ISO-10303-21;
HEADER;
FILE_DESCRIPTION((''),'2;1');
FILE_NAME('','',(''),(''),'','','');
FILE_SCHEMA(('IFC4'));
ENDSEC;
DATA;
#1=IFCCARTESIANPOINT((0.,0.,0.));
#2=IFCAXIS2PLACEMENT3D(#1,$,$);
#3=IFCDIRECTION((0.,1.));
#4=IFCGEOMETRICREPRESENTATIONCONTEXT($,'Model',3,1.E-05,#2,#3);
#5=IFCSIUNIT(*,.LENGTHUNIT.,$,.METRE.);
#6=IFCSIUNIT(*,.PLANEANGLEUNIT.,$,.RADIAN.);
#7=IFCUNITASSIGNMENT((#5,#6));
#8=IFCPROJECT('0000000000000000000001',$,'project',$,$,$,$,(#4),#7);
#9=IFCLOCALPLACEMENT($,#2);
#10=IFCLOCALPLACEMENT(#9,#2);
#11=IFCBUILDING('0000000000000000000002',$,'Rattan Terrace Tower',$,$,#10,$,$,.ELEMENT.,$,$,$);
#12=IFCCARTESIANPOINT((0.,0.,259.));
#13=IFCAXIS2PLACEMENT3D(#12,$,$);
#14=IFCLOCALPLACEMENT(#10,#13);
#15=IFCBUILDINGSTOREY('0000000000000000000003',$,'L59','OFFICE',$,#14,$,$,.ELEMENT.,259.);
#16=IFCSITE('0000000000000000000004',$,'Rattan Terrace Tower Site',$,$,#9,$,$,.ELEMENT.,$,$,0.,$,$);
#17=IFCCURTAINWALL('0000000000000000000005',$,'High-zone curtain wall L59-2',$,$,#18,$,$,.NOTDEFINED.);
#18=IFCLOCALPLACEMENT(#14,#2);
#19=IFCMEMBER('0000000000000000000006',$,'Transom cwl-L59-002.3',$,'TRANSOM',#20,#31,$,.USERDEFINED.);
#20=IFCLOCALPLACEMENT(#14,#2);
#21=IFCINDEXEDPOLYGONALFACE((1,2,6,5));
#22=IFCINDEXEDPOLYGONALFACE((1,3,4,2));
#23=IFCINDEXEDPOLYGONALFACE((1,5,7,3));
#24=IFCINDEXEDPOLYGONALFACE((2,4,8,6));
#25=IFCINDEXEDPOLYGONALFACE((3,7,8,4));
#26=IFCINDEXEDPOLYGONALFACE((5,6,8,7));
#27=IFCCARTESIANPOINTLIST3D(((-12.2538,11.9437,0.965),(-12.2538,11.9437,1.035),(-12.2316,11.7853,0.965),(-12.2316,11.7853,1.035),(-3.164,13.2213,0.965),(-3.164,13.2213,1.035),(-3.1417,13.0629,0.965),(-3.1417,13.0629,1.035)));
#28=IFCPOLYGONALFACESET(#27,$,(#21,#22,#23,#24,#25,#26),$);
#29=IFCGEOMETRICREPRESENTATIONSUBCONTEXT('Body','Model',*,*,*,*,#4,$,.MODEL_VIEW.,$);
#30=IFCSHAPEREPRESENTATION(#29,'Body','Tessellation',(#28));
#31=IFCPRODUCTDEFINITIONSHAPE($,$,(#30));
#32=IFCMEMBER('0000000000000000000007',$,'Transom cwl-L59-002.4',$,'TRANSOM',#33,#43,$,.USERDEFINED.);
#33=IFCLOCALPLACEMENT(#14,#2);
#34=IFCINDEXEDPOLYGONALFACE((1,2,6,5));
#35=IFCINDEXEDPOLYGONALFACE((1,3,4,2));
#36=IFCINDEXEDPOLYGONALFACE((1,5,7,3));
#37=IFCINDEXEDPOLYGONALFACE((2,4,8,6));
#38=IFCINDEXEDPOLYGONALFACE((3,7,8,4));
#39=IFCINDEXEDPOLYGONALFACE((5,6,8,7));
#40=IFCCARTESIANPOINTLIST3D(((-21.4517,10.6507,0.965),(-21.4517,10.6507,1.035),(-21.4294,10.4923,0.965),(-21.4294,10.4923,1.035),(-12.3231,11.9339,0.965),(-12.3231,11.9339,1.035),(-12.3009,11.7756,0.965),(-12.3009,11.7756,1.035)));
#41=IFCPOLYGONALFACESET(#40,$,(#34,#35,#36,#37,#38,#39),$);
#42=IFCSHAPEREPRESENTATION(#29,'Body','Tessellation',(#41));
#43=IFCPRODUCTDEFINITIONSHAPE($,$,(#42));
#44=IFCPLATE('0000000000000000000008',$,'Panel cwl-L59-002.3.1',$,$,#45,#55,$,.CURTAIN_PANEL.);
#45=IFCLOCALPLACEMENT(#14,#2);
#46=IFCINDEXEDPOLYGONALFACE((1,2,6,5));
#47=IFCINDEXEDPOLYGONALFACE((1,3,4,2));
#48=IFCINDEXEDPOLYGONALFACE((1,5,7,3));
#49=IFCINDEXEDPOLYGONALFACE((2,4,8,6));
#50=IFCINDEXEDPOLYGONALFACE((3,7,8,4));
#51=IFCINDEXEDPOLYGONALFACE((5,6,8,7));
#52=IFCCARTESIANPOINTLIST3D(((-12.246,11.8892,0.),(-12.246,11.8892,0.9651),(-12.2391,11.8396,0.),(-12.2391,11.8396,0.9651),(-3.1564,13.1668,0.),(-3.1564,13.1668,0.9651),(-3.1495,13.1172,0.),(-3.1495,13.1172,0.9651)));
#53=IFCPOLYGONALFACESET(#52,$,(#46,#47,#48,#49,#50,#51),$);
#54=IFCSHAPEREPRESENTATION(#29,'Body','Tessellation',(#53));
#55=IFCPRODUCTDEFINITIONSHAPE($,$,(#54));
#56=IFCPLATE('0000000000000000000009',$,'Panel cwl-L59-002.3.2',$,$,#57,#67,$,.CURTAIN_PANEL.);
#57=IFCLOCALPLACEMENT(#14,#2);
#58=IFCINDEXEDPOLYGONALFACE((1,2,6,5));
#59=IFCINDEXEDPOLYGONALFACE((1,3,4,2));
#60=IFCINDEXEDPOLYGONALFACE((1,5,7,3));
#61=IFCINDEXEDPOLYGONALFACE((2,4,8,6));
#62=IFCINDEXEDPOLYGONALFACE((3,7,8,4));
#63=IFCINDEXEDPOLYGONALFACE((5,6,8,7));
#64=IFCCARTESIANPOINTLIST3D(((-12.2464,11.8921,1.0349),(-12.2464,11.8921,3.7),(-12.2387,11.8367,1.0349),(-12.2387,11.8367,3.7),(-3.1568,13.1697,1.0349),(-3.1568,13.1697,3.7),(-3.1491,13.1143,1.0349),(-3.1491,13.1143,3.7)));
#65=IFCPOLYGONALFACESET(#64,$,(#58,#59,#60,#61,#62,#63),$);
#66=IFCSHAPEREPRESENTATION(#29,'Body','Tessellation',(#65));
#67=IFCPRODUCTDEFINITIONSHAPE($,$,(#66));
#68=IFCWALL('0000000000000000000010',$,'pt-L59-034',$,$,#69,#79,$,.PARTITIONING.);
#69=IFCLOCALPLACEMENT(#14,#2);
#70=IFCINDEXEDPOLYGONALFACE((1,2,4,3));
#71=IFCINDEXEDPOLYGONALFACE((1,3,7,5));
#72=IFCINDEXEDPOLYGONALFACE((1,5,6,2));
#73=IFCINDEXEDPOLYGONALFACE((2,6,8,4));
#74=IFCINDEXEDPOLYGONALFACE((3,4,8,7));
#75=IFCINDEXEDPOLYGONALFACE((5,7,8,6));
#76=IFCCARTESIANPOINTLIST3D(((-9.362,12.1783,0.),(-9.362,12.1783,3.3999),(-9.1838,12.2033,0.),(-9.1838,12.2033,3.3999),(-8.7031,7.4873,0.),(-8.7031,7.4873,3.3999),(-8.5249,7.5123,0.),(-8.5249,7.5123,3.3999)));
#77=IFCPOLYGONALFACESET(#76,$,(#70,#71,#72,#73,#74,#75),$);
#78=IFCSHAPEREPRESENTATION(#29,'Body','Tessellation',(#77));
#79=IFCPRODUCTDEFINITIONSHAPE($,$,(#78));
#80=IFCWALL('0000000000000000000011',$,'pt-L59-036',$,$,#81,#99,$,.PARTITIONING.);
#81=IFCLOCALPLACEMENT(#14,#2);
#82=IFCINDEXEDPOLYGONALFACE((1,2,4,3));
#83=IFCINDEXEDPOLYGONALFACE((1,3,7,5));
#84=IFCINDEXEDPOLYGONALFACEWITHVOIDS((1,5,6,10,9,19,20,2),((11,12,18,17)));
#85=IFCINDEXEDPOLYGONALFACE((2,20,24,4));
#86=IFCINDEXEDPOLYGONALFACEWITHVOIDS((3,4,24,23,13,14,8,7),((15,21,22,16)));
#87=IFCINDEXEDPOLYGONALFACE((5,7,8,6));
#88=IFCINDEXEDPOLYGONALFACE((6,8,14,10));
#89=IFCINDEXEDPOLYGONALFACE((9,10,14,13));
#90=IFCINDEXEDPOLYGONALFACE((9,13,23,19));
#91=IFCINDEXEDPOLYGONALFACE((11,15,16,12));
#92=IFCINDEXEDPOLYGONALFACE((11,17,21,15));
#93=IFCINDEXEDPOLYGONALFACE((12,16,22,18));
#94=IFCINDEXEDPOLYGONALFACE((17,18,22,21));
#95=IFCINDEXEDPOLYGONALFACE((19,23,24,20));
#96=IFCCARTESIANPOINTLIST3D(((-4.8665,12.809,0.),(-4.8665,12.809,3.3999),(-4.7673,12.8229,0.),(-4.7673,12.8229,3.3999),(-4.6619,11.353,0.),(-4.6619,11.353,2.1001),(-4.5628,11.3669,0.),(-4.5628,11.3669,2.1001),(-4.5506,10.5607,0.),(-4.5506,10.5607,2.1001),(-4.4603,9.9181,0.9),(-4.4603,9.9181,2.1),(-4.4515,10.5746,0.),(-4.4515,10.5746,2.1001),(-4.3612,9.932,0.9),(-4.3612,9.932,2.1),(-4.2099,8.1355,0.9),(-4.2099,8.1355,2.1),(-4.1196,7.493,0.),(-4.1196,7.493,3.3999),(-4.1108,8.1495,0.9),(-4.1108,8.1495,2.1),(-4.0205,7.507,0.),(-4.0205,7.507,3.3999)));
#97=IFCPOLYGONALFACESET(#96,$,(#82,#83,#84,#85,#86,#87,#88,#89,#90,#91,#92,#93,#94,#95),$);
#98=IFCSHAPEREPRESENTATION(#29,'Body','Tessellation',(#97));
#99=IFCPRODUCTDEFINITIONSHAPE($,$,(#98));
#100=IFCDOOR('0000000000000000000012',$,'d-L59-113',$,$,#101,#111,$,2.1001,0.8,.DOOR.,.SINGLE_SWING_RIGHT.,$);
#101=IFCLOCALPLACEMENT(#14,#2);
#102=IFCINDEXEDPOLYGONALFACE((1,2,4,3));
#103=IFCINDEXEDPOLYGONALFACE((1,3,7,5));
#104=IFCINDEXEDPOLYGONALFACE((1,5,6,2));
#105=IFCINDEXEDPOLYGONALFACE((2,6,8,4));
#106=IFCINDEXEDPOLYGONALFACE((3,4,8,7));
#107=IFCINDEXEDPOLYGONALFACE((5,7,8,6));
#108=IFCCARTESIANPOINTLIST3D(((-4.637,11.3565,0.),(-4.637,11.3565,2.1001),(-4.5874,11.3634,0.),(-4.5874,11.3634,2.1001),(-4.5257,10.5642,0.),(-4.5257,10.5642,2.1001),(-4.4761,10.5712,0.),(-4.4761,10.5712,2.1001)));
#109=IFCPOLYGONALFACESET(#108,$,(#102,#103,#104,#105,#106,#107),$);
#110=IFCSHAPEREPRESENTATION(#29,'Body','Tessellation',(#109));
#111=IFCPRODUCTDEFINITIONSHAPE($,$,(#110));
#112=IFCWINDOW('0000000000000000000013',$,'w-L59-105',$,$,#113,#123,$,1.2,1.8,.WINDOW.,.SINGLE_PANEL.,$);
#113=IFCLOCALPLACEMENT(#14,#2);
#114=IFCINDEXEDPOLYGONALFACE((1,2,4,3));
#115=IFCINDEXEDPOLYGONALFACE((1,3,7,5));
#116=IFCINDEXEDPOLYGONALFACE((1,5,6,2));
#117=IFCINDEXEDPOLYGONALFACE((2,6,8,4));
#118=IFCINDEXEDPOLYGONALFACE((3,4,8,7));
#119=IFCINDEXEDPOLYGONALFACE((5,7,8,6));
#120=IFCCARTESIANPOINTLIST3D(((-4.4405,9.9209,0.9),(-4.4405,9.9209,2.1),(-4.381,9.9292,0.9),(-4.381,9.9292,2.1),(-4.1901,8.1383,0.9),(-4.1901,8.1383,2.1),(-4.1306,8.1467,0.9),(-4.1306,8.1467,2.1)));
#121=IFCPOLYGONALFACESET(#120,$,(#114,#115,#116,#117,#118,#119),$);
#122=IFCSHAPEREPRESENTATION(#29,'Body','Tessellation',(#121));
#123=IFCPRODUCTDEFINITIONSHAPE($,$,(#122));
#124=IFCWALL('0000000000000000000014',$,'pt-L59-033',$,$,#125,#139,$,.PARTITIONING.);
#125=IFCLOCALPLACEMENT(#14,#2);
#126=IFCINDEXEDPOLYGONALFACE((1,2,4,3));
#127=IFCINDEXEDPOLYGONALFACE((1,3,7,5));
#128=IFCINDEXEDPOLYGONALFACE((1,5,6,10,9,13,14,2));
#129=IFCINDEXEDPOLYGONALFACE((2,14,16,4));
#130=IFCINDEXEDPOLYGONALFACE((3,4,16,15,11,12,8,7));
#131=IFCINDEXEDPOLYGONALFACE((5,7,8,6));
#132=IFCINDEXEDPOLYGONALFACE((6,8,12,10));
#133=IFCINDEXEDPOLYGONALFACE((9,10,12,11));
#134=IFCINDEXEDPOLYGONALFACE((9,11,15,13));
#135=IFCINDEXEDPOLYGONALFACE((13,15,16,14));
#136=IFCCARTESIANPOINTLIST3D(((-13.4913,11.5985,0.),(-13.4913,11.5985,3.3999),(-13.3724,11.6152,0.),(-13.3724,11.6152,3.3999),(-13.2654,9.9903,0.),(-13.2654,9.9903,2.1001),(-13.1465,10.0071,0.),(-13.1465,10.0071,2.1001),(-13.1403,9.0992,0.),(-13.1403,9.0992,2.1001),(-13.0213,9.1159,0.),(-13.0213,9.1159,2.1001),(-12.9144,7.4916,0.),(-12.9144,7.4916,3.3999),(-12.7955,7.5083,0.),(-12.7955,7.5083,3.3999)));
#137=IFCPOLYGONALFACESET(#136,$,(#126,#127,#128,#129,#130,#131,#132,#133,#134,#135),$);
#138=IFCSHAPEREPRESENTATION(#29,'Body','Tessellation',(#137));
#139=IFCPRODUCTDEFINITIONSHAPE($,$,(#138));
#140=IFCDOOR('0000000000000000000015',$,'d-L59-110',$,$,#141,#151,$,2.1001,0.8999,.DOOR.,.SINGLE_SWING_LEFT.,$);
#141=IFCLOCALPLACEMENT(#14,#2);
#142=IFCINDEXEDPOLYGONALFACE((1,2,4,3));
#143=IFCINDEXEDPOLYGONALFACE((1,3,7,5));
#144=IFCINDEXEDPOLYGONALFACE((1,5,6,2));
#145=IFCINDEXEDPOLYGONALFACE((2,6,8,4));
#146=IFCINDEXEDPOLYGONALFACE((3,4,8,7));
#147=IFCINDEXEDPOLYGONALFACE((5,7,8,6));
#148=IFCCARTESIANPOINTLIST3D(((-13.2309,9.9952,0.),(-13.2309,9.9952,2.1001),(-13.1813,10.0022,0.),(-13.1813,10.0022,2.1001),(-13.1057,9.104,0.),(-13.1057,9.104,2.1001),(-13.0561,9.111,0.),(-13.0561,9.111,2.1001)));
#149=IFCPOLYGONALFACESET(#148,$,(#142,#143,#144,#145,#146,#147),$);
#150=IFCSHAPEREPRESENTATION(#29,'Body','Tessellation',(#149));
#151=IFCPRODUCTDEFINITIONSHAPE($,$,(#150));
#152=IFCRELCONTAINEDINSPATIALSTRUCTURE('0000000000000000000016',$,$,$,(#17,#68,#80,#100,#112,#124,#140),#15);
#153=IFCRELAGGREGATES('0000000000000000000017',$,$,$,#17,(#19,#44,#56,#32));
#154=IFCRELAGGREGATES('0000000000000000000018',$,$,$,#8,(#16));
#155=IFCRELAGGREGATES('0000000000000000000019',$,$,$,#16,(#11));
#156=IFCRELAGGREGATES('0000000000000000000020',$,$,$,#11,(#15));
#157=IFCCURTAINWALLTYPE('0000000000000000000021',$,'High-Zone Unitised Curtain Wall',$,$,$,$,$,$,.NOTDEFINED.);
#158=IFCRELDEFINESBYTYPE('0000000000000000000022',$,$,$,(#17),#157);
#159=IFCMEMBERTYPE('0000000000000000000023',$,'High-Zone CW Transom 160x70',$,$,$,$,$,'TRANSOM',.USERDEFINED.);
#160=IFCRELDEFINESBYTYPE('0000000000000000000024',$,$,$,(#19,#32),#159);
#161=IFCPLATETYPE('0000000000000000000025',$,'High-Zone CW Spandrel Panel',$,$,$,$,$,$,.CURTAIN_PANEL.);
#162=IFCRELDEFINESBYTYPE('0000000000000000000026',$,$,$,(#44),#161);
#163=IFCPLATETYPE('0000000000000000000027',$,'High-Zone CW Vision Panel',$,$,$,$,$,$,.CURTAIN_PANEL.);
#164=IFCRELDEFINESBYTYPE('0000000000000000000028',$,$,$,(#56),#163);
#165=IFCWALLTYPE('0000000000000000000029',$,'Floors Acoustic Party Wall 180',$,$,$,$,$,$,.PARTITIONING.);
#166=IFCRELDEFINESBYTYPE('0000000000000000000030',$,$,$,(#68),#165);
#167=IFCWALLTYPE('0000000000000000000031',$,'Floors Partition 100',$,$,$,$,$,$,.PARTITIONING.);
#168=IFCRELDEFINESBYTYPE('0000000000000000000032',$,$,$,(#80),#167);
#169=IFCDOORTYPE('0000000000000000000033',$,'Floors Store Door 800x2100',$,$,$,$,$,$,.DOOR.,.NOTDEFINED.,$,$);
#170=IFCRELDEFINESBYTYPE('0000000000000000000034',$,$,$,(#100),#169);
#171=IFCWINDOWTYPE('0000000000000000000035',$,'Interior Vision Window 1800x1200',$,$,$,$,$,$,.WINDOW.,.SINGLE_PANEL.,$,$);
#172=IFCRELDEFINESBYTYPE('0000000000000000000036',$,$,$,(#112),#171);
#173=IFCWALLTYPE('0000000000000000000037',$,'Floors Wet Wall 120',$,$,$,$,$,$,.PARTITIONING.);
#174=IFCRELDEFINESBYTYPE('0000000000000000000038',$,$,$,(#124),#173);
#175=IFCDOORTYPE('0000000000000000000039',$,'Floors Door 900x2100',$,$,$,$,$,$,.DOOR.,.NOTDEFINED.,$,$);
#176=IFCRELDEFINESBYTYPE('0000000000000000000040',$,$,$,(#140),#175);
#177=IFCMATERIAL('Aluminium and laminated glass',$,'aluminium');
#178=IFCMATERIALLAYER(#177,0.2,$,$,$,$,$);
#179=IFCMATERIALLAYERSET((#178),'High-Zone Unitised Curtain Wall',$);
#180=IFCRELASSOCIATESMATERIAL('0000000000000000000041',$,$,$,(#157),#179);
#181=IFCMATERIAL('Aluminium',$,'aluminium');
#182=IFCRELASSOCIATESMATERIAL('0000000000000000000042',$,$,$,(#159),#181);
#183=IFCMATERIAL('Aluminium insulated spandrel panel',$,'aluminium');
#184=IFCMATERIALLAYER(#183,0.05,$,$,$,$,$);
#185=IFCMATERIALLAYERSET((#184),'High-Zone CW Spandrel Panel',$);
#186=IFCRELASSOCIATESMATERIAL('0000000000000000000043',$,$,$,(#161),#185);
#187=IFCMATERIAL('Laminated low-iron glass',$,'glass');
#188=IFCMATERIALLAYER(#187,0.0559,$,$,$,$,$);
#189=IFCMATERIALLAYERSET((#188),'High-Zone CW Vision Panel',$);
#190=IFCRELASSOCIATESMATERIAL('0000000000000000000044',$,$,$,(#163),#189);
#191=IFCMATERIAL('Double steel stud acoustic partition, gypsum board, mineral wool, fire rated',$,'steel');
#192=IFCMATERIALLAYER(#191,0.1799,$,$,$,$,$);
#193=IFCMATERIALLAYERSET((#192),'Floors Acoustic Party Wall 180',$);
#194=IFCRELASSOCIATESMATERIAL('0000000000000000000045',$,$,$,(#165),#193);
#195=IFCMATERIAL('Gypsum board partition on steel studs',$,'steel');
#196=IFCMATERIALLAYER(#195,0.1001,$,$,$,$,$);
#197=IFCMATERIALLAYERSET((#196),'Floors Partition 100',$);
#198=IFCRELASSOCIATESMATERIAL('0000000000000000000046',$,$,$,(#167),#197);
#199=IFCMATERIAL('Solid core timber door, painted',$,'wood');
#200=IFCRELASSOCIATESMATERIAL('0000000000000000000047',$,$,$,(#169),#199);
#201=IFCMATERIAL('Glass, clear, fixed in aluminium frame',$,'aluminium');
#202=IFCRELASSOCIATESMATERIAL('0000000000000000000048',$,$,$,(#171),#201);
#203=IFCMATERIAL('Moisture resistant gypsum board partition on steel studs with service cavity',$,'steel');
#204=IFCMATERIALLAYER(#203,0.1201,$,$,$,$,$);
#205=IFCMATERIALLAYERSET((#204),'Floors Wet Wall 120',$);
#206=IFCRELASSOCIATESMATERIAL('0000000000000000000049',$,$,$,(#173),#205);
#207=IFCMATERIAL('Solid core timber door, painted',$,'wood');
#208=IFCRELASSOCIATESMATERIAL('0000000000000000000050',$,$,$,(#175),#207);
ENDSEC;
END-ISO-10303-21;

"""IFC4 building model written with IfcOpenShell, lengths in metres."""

from ifc_helpers import new_model, si_unit, direction, frame, frame_2d, origin, origin_2d, place, context, subcontext, project, spatial, rectangle, extrude, material, layer, layer_set, material_profile, profile_set, type_object, element, fill, aggregate, save


model = new_model("IFC4")

# Units and contexts
model_context = context("Model", 3, precision=1e-05, world=origin(), true_north=direction((0.0, 1.0)))
body_context = subcontext(model_context, "Body", "Model", "MODEL_VIEW")
ifc_project = project(units=[si_unit("LENGTHUNIT", "METRE"), si_unit("PLANEANGLEUNIT", "RADIAN")], contexts=[model_context])

# Site, building, storey
site_placement = place(None, origin())
site = spatial("IfcSite", under=ifc_project, at=site_placement, Name="Rattan Terrace Tower Site", CompositionType="ELEMENT", RefElevation=0.0)
building_placement = place(site_placement, origin())
building = spatial("IfcBuilding", under=site, at=building_placement, Name="Rattan Terrace Tower", CompositionType="ELEMENT")
storey_placement = place(building_placement, frame((0.0, 0.0, 259.0)))
storey = spatial("IfcBuildingStorey", under=building, at=storey_placement, Name="L59", Description="OFFICE", CompositionType="ELEMENT", Elevation=259.0)

# Curtain wall, members, plates
ifc_material_1 = material(Name="Aluminium and laminated glass", Category="aluminium")
ifc_layer_1 = layer(ifc_material_1, 0.2)
ifc_layer_set_1 = layer_set([ifc_layer_1], Name="High-Zone Unitised Curtain Wall")
curtain_wall_type = type_object("IfcCurtainWallType", Name="High-Zone Unitised Curtain Wall", PredefinedType="NOTDEFINED", material=ifc_layer_set_1)
curtain_wall_placement = place(storey_placement, origin())
curtain_wall = element("IfcCurtainWall", 1, at=curtain_wall_placement, inside=storey, type_object=curtain_wall_type, Name="High-zone curtain wall L59-2", PredefinedType="NOTDEFINED")
ifc_material_2 = material(Name="Aluminium", Category="aluminium")
ifc_material_profile_1 = material_profile(ifc_material_2, rectangle(XDim=0.1599, YDim=0.0701, at=origin_2d()), Name="Aluminium 160x70")
ifc_profile_set_1 = profile_set([ifc_material_profile_1], Name="Aluminium")
member_type_1 = type_object("IfcMemberType", Name="High-Zone CW Transom 160x70", ElementType="TRANSOM", PredefinedType="USERDEFINED", material=ifc_profile_set_1)
member_1_placement = place(storey_placement, frame((-3.1528, 13.1421, 1.0), z_axis=(-0.990267, -0.139183, 0.0), x_axis=(0.139183, -0.990267, 0.0)))
member_1 = element("IfcMember", 2, at=member_1_placement, type_object=member_type_1, Name="Transom cwl-L59-002.3", ObjectType="TRANSOM", PredefinedType="USERDEFINED", context=body_context, shape_type="SweptSolid", body=[
    extrude(rectangle(XDim=0.1599, YDim=0.0701, at=origin_2d()), origin(), (0.0, 0.0, 1.0), 9.1792),
])
member_2_placement = place(storey_placement, frame((-12.312, 11.8547, 1.0), z_axis=(-0.990264, -0.139204, 0.0), x_axis=(0.139204, -0.990264, 0.0)))
member_2 = element("IfcMember", 3, at=member_2_placement, type_object=member_type_1, Name="Transom cwl-L59-002.4", ObjectType="TRANSOM", PredefinedType="USERDEFINED", context=body_context, shape_type="SweptSolid", body=[
    extrude(rectangle(XDim=0.1599, YDim=0.0701, at=origin_2d()), origin(), (0.0, 0.0, 1.0), 9.2183),
])
ifc_material_3 = material(Name="Aluminium insulated spandrel panel", Category="aluminium")
ifc_layer_2 = layer(ifc_material_3, 0.05)
ifc_layer_set_2 = layer_set([ifc_layer_2], Name="High-Zone CW Spandrel Panel")
plate_type_1 = type_object("IfcPlateType", Name="High-Zone CW Spandrel Panel", PredefinedType="CURTAIN_PANEL", material=ifc_layer_set_2)
plate_1_placement = place(storey_placement, frame((-7.6978, 12.5032, 0.0), z_axis=(0.0, 0.0, 1.0), x_axis=(-0.990266, -0.139189, 0.0)))
plate_1 = element("IfcPlate", 4, at=plate_1_placement, type_object=plate_type_1, Name="Panel cwl-L59-002.3.1", PredefinedType="CURTAIN_PANEL", context=body_context, shape_type="SweptSolid", body=[
    extrude(rectangle(XDim=9.179, YDim=0.05, at=origin_2d()), origin(), (0.0, 0.0, 1.0), 0.9651),
])
ifc_material_4 = material(Name="Laminated low-iron glass", Category="glass")
ifc_layer_3 = layer(ifc_material_4, 0.0559)
ifc_layer_set_3 = layer_set([ifc_layer_3], Name="High-Zone CW Vision Panel")
plate_type_2 = type_object("IfcPlateType", Name="High-Zone CW Vision Panel", PredefinedType="CURTAIN_PANEL", material=ifc_layer_set_3)
plate_2_placement = place(storey_placement, frame((-7.6978, 12.5032, 1.0349), z_axis=(0.0, 0.0, 1.0), x_axis=(-0.990266, -0.139189, 0.0)))
plate_2 = element("IfcPlate", 5, at=plate_2_placement, type_object=plate_type_2, Name="Panel cwl-L59-002.3.2", PredefinedType="CURTAIN_PANEL", context=body_context, shape_type="SweptSolid", body=[
    extrude(rectangle(XDim=9.179, YDim=0.0559, at=origin_2d()), origin(), (0.0, 0.0, 1.0), 2.665),
])
aggregate(curtain_wall, [member_1, plate_1, plate_2, member_2])

# Wall
ifc_material_5 = material(Name="Double steel stud acoustic partition, gypsum board, mineral wool, fire rated", Category="steel")
ifc_layer_4 = layer(ifc_material_5, 0.1799)
ifc_layer_set_4 = layer_set([ifc_layer_4], Name="Floors Acoustic Party Wall 180")
wall_type_1 = type_object("IfcWallType", Name="Floors Acoustic Party Wall 180", PredefinedType="PARTITIONING", material=ifc_layer_set_4)
wall_1_placement = place(storey_placement, frame((-9.2729, 12.1909, 0.0), z_axis=(0.0, 0.0, 1.0), x_axis=(0.139105, -0.990278, 0.0)))
element("IfcWall", 6, at=wall_1_placement, inside=storey, type_object=wall_type_1, Name="pt-L59-034", PredefinedType="PARTITIONING", context=body_context, shape_type="SweptSolid", body=[
    extrude(rectangle(XDim=4.7371, YDim=0.1799, at=frame_2d((2.3687, 0.0))), origin(), (0.0, 0.0, 1.0), 3.3999),
])

# Wall, openings, door, window
ifc_material_6 = material(Name="Gypsum board partition on steel studs", Category="steel")
ifc_layer_5 = layer(ifc_material_6, 0.1001)
ifc_layer_set_5 = layer_set([ifc_layer_5], Name="Floors Partition 100")
wall_type_2 = type_object("IfcWallType", Name="Floors Partition 100", PredefinedType="PARTITIONING", material=ifc_layer_set_5)
wall_2_placement = place(storey_placement, frame((-4.0701, 7.5, 0.0), z_axis=(0.0, 0.0, 1.0), x_axis=(-0.139122, 0.990275, 0.0)))
wall_2 = element("IfcWall", 7, at=wall_2_placement, inside=storey, type_object=wall_type_2, Name="pt-L59-036", PredefinedType="PARTITIONING", context=body_context, shape_type="SweptSolid", body=[
    extrude(rectangle(XDim=5.3682, YDim=0.1001, at=frame_2d((2.6841, 0.0))), origin(), (0.0, 0.0, 1.0), 3.3999),
])
opening_1_placement = place(wall_2_placement, frame((3.0979, 0.0, 0.0)))
opening_1 = element("IfcOpeningElement", 8, at=opening_1_placement, cuts=wall_2, PredefinedType="OPENING", context=body_context, shape_type="SweptSolid", body=[
    extrude(rectangle(XDim=0.8, YDim=2.1001, at=frame_2d((0.3999, 1.05))), frame((0.0, 0.0605, 0.0), z_axis=(0.0, -1.0, 0.0), x_axis=(1.0, 0.0, 0.0)), (0.0, 0.0, 1.0), 0.1211),
])
opening_2_placement = place(wall_2_placement, frame((0.6489, 0.0, 0.8999)))
opening_2 = element("IfcOpeningElement", 9, at=opening_2_placement, cuts=wall_2, PredefinedType="OPENING", context=body_context, shape_type="SweptSolid", body=[
    extrude(rectangle(XDim=1.8, YDim=1.2, at=frame_2d((0.8999, 0.6001))), frame((0.0, 0.0605, 0.0), z_axis=(0.0, -1.0, 0.0), x_axis=(1.0, 0.0, 0.0)), (0.0, 0.0, 1.0), 0.1211),
])
ifc_material_7 = material(Name="Solid core timber door, painted", Category="wood")
door_type_1 = type_object("IfcDoorType", Name="Floors Store Door 800x2100", OperationType="NOTDEFINED", PredefinedType="DOOR", material=ifc_material_7)
door_1_placement = place(opening_1_placement, origin())
door_1 = element("IfcDoor", 10, at=door_1_placement, inside=storey, type_object=door_type_1, Name="d-L59-113", OperationType="SINGLE_SWING_RIGHT", OverallHeight=2.1001, OverallWidth=0.8, PredefinedType="DOOR", context=body_context, shape_type="SweptSolid", body=[
    extrude(rectangle(XDim=0.8, YDim=2.1001, at=frame_2d((0.3999, 1.05))), frame((0.0, 0.0249, 0.0), z_axis=(0.0, -1.0, 0.0), x_axis=(1.0, 0.0, 0.0)), (0.0, 0.0, 1.0), 0.05),
])
fill(opening_1, door_1)
ifc_material_8 = material(Name="Glass, clear, fixed in aluminium frame", Category="aluminium")
window_type = type_object("IfcWindowType", Name="Interior Vision Window 1800x1200", PartitioningType="SINGLE_PANEL", PredefinedType="WINDOW", material=ifc_material_8)
window_placement = place(opening_2_placement, origin())
window = element("IfcWindow", 11, at=window_placement, inside=storey, type_object=window_type, Name="w-L59-105", OverallHeight=1.2, OverallWidth=1.8, PartitioningType="SINGLE_PANEL", PredefinedType="WINDOW", context=body_context, shape_type="SweptSolid", body=[
    extrude(rectangle(XDim=1.8, YDim=1.2, at=frame_2d((0.8999, 0.6001))), frame((0.0, 0.03, 0.0), z_axis=(0.0, -1.0, 0.0), x_axis=(1.0, 0.0, 0.0)), (0.0, 0.0, 1.0), 0.0601),
])
fill(opening_2, window)

# Wall, opening, door
ifc_material_9 = material(Name="Moisture resistant gypsum board partition on steel studs with service cavity", Category="steel")
ifc_layer_6 = layer(ifc_material_9, 0.1201)
ifc_layer_set_6 = layer_set([ifc_layer_6], Name="Floors Wet Wall 120")
wall_type_3 = type_object("IfcWallType", Name="Floors Wet Wall 120", PredefinedType="PARTITIONING", material=ifc_layer_set_6)
wall_3_placement = place(storey_placement, frame((-13.4319, 11.6069, 0.0), z_axis=(0.0, 0.0, 1.0), x_axis=(0.139105, -0.990278, 0.0)))
wall_3 = element("IfcWall", 12, at=wall_3_placement, inside=storey, type_object=wall_type_3, Name="pt-L59-033", PredefinedType="PARTITIONING", context=body_context, shape_type="SweptSolid", body=[
    extrude(rectangle(XDim=4.1472, YDim=0.1201, at=frame_2d((2.0737, 0.0))), origin(), (0.0, 0.0, 1.0), 3.3999),
])
opening_3_placement = place(wall_3_placement, frame((1.624, 0.0, 0.0)))
opening_3 = element("IfcOpeningElement", 13, at=opening_3_placement, cuts=wall_3, PredefinedType="OPENING", context=body_context, shape_type="SweptSolid", body=[
    extrude(rectangle(XDim=0.8999, YDim=2.1001, at=frame_2d((0.45, 1.05))), frame((0.0, 0.0706, 0.0), z_axis=(0.0, -1.0, 0.0), x_axis=(1.0, 0.0, 0.0)), (0.0, 0.0, 1.0), 0.1411),
])
ifc_material_10 = material(Name="Solid core timber door, painted", Category="wood")
door_type_2 = type_object("IfcDoorType", Name="Floors Door 900x2100", OperationType="NOTDEFINED", PredefinedType="DOOR", material=ifc_material_10)
door_2_placement = place(opening_3_placement, origin())
door_2 = element("IfcDoor", 14, at=door_2_placement, inside=storey, type_object=door_type_2, Name="d-L59-110", OperationType="SINGLE_SWING_LEFT", OverallHeight=2.1001, OverallWidth=0.8999, PredefinedType="DOOR", context=body_context, shape_type="SweptSolid", body=[
    extrude(rectangle(XDim=0.8999, YDim=2.1001, at=frame_2d((0.45, 1.05))), frame((0.0, 0.0249, 0.0), z_axis=(0.0, -1.0, 0.0), x_axis=(1.0, 0.0, 0.0)), (0.0, 0.0, 1.0), 0.05),
])
fill(opening_3, door_2)

save(model, "model.ifc")
